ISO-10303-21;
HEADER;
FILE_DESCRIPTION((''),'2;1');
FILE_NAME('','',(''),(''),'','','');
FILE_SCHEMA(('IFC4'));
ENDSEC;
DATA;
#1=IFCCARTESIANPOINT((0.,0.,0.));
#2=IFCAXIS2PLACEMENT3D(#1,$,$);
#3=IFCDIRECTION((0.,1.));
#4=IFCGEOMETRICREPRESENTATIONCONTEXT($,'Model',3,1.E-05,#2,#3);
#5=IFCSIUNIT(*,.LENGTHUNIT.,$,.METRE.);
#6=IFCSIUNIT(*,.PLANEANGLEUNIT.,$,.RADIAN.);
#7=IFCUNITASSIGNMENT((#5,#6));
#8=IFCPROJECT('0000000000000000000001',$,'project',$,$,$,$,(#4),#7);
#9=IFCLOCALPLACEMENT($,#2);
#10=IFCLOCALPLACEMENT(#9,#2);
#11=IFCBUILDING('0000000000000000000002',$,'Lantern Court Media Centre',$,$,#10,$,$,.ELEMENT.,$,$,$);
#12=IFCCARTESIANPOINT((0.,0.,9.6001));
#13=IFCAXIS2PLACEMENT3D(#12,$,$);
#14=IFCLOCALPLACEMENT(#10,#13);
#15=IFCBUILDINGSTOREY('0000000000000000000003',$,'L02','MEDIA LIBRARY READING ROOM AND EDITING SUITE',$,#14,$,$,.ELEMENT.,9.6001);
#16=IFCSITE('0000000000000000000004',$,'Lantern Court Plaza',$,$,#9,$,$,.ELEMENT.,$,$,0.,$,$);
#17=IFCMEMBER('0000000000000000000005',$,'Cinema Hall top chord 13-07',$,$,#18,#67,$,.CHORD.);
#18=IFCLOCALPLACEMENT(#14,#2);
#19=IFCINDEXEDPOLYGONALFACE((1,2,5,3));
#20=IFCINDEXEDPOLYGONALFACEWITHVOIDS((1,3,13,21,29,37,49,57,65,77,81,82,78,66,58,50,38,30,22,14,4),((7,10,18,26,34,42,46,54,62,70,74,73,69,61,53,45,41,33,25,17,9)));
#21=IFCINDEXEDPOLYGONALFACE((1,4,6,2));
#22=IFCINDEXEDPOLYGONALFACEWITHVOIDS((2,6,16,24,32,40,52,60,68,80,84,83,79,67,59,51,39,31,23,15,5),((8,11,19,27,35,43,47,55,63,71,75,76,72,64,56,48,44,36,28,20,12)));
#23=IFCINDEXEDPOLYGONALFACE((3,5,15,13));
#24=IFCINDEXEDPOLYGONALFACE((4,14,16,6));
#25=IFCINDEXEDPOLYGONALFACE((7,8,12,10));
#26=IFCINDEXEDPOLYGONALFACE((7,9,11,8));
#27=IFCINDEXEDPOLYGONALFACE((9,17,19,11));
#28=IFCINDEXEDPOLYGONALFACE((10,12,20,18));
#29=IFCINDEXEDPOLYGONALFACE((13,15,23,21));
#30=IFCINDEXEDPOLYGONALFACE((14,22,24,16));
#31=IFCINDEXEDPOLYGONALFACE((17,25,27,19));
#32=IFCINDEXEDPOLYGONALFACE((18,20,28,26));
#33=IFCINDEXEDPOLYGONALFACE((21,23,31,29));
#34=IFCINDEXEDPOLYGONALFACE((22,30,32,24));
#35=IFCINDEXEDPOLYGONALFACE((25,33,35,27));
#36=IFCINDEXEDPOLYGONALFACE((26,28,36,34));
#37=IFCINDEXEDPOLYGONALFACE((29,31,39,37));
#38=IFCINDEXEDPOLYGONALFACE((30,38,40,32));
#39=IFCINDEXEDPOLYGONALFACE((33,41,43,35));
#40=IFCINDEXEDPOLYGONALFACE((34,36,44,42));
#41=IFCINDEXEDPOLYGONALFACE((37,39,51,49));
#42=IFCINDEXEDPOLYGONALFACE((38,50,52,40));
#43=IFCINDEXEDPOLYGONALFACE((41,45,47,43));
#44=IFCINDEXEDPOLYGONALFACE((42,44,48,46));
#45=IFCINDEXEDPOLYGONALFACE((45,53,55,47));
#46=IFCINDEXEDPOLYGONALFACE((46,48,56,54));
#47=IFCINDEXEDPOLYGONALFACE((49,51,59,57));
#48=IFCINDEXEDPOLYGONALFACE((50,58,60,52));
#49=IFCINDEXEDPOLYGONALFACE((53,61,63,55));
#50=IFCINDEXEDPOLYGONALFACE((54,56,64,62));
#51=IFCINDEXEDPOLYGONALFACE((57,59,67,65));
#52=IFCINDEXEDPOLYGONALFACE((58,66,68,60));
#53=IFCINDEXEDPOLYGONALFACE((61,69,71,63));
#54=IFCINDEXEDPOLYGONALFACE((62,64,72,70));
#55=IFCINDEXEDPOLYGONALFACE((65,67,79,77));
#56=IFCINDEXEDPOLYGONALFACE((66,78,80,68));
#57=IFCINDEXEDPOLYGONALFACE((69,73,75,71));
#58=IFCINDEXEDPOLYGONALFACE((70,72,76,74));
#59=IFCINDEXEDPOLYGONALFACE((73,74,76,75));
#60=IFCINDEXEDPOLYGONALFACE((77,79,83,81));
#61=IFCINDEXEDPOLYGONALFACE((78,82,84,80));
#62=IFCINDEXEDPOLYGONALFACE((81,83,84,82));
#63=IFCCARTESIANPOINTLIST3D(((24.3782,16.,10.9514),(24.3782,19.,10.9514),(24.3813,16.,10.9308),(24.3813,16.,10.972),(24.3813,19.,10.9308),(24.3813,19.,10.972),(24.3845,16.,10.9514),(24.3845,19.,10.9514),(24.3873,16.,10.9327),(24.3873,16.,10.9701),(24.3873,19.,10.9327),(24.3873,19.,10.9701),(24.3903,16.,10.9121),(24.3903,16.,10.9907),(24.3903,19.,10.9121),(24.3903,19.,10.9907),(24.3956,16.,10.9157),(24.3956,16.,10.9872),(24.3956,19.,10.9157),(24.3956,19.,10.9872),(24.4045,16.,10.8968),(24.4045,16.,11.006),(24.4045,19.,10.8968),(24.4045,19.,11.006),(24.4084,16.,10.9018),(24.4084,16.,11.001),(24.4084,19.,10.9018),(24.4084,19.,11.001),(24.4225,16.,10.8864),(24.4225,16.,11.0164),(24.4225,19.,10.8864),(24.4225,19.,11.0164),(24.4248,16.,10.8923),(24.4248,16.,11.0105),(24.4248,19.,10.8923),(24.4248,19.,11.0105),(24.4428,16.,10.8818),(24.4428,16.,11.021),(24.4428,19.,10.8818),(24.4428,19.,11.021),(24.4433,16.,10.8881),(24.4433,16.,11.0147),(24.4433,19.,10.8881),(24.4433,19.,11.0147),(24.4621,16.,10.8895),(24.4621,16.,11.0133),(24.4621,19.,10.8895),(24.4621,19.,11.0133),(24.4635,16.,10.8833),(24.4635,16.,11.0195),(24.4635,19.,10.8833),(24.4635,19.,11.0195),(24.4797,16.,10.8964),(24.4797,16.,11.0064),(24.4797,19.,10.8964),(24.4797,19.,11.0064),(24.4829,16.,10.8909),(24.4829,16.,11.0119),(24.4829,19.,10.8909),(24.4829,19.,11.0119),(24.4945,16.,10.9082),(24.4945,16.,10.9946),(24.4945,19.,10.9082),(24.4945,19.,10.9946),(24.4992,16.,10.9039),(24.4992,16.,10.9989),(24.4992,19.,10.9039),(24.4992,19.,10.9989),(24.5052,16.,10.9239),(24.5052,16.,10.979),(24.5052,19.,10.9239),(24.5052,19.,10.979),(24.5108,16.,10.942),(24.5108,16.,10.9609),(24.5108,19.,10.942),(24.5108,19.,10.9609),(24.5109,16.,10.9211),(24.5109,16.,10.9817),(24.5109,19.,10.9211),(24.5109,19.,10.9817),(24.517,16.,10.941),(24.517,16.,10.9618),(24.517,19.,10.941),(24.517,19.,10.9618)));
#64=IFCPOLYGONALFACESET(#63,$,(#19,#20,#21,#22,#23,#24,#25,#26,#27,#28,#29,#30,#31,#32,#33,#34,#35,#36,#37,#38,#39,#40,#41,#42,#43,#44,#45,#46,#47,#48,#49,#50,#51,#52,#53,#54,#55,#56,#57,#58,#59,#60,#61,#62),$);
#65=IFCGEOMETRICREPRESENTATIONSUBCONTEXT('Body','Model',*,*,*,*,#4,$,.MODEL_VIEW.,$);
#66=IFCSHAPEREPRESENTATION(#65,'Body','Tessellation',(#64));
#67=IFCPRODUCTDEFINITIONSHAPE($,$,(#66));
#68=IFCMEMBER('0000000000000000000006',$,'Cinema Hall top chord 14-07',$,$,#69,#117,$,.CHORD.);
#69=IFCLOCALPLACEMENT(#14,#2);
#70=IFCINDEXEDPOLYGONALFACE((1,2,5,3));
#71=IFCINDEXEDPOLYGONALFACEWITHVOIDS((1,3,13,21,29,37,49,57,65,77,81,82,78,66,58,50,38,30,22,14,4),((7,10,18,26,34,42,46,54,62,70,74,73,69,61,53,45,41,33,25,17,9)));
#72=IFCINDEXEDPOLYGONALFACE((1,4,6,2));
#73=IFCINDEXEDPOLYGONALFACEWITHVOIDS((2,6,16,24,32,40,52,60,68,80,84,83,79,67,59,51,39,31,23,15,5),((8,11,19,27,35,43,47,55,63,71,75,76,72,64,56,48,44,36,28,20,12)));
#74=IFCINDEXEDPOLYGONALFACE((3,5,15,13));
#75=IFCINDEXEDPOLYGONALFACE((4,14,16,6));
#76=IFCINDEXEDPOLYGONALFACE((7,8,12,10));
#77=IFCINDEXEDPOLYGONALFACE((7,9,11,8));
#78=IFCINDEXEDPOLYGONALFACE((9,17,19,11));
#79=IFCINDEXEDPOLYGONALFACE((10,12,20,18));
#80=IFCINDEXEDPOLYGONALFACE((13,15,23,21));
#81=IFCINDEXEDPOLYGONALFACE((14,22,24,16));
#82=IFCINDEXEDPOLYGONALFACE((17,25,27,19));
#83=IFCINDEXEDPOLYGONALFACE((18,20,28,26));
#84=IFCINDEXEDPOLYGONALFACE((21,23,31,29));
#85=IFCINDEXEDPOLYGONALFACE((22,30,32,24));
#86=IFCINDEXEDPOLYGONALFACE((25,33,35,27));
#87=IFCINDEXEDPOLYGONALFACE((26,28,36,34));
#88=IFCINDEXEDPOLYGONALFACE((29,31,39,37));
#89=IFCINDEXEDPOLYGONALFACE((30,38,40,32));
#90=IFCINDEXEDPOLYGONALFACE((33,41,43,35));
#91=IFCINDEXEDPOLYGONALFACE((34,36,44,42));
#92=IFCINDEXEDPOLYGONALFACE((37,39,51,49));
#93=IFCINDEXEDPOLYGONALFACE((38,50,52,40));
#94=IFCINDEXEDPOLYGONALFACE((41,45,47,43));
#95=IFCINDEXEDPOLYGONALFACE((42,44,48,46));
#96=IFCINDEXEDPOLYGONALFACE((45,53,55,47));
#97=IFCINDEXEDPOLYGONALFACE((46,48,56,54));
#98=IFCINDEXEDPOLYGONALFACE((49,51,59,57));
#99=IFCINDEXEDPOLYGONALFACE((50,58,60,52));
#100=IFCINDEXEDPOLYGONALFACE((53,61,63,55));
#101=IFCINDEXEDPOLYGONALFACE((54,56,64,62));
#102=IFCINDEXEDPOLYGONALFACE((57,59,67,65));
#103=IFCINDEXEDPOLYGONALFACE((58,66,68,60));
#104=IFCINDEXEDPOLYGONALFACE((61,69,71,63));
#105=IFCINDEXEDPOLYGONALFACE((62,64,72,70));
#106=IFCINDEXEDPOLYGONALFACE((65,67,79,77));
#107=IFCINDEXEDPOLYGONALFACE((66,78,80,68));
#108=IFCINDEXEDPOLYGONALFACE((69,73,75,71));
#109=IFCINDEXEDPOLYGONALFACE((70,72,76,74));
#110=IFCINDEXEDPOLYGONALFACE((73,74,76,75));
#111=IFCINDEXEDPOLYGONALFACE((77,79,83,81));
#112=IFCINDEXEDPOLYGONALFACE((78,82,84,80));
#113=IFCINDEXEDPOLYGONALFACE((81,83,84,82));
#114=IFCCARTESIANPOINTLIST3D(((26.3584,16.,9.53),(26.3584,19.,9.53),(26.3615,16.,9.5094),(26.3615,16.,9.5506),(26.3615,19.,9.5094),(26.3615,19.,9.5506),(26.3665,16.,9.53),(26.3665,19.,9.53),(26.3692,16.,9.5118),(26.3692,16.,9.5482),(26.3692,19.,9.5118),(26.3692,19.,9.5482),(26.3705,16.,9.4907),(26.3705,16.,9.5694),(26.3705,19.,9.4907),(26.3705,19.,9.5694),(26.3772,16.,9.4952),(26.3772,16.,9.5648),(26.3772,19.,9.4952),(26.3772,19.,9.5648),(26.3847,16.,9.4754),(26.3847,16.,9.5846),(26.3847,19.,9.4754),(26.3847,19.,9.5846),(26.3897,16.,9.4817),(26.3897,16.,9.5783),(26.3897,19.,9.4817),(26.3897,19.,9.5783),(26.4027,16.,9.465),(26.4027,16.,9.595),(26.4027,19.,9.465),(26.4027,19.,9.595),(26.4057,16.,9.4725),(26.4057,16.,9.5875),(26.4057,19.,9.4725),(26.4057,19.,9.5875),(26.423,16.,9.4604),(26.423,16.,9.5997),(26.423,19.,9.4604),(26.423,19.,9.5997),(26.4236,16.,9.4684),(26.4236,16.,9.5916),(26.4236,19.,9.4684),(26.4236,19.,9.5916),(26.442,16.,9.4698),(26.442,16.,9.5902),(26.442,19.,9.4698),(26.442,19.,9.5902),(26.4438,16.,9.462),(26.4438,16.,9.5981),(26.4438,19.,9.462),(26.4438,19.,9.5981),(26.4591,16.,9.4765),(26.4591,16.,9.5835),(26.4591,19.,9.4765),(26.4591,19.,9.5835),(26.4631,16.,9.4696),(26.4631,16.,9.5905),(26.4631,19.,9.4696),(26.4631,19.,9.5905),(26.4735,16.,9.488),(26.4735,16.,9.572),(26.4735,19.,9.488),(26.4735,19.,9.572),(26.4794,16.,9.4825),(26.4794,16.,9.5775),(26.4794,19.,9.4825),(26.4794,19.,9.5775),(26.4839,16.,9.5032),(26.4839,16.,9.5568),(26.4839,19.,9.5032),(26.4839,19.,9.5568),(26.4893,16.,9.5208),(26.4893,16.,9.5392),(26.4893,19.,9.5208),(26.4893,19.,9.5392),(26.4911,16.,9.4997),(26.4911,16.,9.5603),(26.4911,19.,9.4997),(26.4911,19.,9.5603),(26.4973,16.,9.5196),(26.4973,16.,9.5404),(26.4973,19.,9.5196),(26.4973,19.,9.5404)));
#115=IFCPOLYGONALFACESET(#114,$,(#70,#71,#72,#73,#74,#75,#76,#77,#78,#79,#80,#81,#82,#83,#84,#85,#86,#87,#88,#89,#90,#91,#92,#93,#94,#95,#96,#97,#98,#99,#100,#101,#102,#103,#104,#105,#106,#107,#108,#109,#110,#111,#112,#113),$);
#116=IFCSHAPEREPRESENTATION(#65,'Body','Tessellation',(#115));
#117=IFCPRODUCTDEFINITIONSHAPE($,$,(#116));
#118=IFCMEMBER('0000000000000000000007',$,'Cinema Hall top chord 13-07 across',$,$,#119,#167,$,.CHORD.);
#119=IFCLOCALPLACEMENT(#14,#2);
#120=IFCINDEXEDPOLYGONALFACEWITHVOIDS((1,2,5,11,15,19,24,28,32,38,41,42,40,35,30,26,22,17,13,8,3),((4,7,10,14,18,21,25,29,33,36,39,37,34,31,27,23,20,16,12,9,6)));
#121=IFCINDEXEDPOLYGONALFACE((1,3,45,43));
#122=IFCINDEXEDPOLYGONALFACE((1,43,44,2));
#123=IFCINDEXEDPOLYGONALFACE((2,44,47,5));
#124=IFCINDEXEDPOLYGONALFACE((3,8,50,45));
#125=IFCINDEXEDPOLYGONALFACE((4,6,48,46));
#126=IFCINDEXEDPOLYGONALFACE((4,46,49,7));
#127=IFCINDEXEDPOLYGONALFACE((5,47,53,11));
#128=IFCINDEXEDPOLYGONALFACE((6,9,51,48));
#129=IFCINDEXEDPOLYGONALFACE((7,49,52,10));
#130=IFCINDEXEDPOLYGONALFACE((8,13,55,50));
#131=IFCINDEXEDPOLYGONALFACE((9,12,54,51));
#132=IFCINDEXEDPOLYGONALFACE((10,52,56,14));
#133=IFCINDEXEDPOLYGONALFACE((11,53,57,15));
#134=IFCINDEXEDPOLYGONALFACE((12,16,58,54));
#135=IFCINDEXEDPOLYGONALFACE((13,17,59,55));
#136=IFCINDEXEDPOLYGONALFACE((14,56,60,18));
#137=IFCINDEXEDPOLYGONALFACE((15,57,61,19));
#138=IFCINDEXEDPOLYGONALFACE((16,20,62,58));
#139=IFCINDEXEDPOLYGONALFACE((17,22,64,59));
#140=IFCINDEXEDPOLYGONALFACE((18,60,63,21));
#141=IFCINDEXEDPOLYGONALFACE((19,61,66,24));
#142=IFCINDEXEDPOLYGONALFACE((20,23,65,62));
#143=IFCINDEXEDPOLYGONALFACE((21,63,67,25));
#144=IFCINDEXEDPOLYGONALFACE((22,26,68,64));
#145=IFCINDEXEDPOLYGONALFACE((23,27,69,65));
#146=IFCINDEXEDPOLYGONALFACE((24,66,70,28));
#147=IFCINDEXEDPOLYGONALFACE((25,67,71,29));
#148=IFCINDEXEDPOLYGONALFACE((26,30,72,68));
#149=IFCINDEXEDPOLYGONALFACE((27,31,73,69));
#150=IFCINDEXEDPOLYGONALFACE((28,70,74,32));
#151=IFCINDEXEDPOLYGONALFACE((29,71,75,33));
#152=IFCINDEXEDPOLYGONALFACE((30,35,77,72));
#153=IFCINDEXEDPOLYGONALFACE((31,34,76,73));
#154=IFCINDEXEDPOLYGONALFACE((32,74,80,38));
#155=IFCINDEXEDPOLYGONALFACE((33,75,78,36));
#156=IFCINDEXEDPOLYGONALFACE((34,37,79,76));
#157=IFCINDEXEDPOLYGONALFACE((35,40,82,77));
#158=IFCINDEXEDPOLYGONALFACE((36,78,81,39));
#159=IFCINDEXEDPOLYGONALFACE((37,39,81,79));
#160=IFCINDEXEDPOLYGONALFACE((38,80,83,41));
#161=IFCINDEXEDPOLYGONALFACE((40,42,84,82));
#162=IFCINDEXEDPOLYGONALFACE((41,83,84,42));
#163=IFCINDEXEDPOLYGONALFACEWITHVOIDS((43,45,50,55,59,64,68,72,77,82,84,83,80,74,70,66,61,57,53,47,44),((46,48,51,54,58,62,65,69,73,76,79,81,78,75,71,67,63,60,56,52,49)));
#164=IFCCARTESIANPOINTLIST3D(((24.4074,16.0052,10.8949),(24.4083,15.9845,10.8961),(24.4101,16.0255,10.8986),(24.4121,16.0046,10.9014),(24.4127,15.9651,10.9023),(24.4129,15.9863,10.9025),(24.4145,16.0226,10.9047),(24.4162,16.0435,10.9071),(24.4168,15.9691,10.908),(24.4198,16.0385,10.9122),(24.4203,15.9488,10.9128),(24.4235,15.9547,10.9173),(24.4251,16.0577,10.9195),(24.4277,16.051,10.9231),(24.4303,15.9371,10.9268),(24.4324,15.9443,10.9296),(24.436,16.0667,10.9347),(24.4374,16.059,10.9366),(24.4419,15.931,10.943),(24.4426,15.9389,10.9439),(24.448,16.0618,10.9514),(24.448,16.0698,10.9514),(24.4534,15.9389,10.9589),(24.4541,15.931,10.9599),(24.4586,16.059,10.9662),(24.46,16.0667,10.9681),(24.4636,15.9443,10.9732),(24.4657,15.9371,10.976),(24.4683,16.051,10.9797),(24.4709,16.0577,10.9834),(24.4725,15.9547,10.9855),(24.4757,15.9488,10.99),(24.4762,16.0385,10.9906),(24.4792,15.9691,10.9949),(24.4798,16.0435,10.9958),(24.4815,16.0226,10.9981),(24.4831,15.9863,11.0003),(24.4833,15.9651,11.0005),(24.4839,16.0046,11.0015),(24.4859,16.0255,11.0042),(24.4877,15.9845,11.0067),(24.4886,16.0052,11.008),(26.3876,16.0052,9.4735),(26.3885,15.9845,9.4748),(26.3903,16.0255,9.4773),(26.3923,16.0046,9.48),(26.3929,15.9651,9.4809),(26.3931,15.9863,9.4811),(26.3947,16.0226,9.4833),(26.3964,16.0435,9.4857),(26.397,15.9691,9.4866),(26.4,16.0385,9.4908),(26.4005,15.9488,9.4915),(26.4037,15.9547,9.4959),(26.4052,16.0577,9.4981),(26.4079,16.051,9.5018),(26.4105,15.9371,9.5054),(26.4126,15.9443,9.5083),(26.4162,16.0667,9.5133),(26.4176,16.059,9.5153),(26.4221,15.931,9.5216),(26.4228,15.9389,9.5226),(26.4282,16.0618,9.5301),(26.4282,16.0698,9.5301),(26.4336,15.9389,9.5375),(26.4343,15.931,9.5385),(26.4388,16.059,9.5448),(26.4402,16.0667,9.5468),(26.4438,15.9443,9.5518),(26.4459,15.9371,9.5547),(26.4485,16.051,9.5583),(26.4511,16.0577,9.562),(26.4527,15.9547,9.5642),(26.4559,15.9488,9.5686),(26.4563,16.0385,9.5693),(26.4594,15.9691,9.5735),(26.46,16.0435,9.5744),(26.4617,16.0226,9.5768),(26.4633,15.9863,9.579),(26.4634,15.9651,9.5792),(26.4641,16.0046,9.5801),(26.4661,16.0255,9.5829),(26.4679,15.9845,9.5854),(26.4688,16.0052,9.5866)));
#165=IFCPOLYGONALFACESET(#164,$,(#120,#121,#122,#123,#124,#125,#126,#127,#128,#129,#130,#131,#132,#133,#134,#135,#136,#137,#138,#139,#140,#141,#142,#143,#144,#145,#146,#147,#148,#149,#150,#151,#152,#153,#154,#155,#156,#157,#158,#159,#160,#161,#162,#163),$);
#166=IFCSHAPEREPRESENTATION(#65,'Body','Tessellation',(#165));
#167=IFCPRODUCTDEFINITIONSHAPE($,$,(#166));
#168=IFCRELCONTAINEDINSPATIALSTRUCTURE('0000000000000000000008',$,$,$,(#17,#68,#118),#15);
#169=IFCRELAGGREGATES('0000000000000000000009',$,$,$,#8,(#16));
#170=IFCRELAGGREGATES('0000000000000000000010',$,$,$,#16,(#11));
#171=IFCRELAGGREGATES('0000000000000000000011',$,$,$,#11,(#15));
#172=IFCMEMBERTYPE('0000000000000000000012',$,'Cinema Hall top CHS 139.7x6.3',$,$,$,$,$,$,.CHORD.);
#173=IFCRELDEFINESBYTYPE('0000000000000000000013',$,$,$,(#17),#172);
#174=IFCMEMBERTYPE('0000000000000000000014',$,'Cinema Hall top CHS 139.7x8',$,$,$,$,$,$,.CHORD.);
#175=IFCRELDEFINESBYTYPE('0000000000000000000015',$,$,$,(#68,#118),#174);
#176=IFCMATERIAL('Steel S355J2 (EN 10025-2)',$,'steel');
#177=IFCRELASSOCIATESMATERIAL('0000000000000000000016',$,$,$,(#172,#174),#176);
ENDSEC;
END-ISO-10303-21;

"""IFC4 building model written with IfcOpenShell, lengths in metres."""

from ifc_helpers import new_model, si_unit, direction, frame, origin, origin_2d, place, context, subcontext, project, spatial, hollow_circle, extrude, material, material_profile, profile_set, type_object, element, save


model = new_model("IFC4")

# Units and contexts
model_context = context("Model", 3, precision=1e-05, world=origin(), true_north=direction((0.0, 1.0)))
body_context = subcontext(model_context, "Body", "Model", "MODEL_VIEW")
ifc_project = project(units=[si_unit("LENGTHUNIT", "METRE"), si_unit("PLANEANGLEUNIT", "RADIAN")], contexts=[model_context])

# Site, building, storey
site_placement = place(None, origin())
site = spatial("IfcSite", under=ifc_project, at=site_placement, Name="Lantern Court Plaza", CompositionType="ELEMENT", RefElevation=0.0)
building_placement = place(site_placement, origin())
building = spatial("IfcBuilding", under=site, at=building_placement, Name="Lantern Court Media Centre", CompositionType="ELEMENT")
storey_placement = place(building_placement, frame((0.0, 0.0, 9.6001)))
storey = spatial("IfcBuildingStorey", under=building, at=storey_placement, Name="L02", Description="MEDIA LIBRARY READING ROOM AND EDITING SUITE", CompositionType="ELEMENT", Elevation=9.6001)

# Members
ifc_material = material(Name="Steel S355J2 (EN 10025-2)", Category="steel")
ifc_material_profile_1 = material_profile(ifc_material, hollow_circle(Radius=0.0698, WallThickness=0.0063, at=origin_2d()), Name="Cinema Hall top CHS 139.7x6.3")
ifc_profile_set_1 = profile_set([ifc_material_profile_1], Name="Steel S355J2 (EN 10025-2)")
member_type_1 = type_object("IfcMemberType", Name="Cinema Hall top CHS 139.7x6.3", PredefinedType="CHORD", material=ifc_profile_set_1)
member_1_placement = place(storey_placement, frame((24.448, 16.0, 10.9514), z_axis=(0.0, 1.0, 0.0), x_axis=(-1.0, 0.0, 0.0)))
element("IfcMember", 1, at=member_1_placement, inside=storey, type_object=member_type_1, Name="Cinema Hall top chord 13-07", PredefinedType="CHORD", context=body_context, shape_type="SweptSolid", body=[
    extrude(hollow_circle(Radius=0.0698, WallThickness=0.0063, at=origin_2d()), origin(), (0.0, 0.0, 1.0), 3.0),
])
ifc_material_profile_2 = material_profile(ifc_material, hollow_circle(Radius=0.0698, WallThickness=0.0081, at=origin_2d()), Name="Cinema Hall top CHS 139.7x8")
ifc_profile_set_2 = profile_set([ifc_material_profile_2], Name="Steel S355J2 (EN 10025-2)")
member_type_2 = type_object("IfcMemberType", Name="Cinema Hall top CHS 139.7x8", PredefinedType="CHORD", material=ifc_profile_set_2)
member_2_placement = place(storey_placement, frame((26.4282, 16.0, 9.53), z_axis=(0.0, 1.0, 0.0), x_axis=(-1.0, 0.0, 0.0)))
element("IfcMember", 2, at=member_2_placement, inside=storey, type_object=member_type_2, Name="Cinema Hall top chord 14-07", PredefinedType="CHORD", context=body_context, shape_type="SweptSolid", body=[
    extrude(hollow_circle(Radius=0.0698, WallThickness=0.0081, at=origin_2d()), origin(), (0.0, 0.0, 1.0), 3.0),
])
member_3_placement = place(storey_placement, frame((24.448, 16.0, 10.9514), z_axis=(0.812385, 0.0, -0.583122), x_axis=(0.0, 1.0, 0.0)))
element("IfcMember", 3, at=member_3_placement, inside=storey, type_object=member_type_2, Name="Cinema Hall top chord 13-07 across", PredefinedType="CHORD", context=body_context, shape_type="SweptSolid", body=[
    extrude(hollow_circle(Radius=0.0698, WallThickness=0.0081, at=origin_2d()), origin(), (0.0, 0.0, 1.0), 2.4375),
])

save(model, "model.ifc")
